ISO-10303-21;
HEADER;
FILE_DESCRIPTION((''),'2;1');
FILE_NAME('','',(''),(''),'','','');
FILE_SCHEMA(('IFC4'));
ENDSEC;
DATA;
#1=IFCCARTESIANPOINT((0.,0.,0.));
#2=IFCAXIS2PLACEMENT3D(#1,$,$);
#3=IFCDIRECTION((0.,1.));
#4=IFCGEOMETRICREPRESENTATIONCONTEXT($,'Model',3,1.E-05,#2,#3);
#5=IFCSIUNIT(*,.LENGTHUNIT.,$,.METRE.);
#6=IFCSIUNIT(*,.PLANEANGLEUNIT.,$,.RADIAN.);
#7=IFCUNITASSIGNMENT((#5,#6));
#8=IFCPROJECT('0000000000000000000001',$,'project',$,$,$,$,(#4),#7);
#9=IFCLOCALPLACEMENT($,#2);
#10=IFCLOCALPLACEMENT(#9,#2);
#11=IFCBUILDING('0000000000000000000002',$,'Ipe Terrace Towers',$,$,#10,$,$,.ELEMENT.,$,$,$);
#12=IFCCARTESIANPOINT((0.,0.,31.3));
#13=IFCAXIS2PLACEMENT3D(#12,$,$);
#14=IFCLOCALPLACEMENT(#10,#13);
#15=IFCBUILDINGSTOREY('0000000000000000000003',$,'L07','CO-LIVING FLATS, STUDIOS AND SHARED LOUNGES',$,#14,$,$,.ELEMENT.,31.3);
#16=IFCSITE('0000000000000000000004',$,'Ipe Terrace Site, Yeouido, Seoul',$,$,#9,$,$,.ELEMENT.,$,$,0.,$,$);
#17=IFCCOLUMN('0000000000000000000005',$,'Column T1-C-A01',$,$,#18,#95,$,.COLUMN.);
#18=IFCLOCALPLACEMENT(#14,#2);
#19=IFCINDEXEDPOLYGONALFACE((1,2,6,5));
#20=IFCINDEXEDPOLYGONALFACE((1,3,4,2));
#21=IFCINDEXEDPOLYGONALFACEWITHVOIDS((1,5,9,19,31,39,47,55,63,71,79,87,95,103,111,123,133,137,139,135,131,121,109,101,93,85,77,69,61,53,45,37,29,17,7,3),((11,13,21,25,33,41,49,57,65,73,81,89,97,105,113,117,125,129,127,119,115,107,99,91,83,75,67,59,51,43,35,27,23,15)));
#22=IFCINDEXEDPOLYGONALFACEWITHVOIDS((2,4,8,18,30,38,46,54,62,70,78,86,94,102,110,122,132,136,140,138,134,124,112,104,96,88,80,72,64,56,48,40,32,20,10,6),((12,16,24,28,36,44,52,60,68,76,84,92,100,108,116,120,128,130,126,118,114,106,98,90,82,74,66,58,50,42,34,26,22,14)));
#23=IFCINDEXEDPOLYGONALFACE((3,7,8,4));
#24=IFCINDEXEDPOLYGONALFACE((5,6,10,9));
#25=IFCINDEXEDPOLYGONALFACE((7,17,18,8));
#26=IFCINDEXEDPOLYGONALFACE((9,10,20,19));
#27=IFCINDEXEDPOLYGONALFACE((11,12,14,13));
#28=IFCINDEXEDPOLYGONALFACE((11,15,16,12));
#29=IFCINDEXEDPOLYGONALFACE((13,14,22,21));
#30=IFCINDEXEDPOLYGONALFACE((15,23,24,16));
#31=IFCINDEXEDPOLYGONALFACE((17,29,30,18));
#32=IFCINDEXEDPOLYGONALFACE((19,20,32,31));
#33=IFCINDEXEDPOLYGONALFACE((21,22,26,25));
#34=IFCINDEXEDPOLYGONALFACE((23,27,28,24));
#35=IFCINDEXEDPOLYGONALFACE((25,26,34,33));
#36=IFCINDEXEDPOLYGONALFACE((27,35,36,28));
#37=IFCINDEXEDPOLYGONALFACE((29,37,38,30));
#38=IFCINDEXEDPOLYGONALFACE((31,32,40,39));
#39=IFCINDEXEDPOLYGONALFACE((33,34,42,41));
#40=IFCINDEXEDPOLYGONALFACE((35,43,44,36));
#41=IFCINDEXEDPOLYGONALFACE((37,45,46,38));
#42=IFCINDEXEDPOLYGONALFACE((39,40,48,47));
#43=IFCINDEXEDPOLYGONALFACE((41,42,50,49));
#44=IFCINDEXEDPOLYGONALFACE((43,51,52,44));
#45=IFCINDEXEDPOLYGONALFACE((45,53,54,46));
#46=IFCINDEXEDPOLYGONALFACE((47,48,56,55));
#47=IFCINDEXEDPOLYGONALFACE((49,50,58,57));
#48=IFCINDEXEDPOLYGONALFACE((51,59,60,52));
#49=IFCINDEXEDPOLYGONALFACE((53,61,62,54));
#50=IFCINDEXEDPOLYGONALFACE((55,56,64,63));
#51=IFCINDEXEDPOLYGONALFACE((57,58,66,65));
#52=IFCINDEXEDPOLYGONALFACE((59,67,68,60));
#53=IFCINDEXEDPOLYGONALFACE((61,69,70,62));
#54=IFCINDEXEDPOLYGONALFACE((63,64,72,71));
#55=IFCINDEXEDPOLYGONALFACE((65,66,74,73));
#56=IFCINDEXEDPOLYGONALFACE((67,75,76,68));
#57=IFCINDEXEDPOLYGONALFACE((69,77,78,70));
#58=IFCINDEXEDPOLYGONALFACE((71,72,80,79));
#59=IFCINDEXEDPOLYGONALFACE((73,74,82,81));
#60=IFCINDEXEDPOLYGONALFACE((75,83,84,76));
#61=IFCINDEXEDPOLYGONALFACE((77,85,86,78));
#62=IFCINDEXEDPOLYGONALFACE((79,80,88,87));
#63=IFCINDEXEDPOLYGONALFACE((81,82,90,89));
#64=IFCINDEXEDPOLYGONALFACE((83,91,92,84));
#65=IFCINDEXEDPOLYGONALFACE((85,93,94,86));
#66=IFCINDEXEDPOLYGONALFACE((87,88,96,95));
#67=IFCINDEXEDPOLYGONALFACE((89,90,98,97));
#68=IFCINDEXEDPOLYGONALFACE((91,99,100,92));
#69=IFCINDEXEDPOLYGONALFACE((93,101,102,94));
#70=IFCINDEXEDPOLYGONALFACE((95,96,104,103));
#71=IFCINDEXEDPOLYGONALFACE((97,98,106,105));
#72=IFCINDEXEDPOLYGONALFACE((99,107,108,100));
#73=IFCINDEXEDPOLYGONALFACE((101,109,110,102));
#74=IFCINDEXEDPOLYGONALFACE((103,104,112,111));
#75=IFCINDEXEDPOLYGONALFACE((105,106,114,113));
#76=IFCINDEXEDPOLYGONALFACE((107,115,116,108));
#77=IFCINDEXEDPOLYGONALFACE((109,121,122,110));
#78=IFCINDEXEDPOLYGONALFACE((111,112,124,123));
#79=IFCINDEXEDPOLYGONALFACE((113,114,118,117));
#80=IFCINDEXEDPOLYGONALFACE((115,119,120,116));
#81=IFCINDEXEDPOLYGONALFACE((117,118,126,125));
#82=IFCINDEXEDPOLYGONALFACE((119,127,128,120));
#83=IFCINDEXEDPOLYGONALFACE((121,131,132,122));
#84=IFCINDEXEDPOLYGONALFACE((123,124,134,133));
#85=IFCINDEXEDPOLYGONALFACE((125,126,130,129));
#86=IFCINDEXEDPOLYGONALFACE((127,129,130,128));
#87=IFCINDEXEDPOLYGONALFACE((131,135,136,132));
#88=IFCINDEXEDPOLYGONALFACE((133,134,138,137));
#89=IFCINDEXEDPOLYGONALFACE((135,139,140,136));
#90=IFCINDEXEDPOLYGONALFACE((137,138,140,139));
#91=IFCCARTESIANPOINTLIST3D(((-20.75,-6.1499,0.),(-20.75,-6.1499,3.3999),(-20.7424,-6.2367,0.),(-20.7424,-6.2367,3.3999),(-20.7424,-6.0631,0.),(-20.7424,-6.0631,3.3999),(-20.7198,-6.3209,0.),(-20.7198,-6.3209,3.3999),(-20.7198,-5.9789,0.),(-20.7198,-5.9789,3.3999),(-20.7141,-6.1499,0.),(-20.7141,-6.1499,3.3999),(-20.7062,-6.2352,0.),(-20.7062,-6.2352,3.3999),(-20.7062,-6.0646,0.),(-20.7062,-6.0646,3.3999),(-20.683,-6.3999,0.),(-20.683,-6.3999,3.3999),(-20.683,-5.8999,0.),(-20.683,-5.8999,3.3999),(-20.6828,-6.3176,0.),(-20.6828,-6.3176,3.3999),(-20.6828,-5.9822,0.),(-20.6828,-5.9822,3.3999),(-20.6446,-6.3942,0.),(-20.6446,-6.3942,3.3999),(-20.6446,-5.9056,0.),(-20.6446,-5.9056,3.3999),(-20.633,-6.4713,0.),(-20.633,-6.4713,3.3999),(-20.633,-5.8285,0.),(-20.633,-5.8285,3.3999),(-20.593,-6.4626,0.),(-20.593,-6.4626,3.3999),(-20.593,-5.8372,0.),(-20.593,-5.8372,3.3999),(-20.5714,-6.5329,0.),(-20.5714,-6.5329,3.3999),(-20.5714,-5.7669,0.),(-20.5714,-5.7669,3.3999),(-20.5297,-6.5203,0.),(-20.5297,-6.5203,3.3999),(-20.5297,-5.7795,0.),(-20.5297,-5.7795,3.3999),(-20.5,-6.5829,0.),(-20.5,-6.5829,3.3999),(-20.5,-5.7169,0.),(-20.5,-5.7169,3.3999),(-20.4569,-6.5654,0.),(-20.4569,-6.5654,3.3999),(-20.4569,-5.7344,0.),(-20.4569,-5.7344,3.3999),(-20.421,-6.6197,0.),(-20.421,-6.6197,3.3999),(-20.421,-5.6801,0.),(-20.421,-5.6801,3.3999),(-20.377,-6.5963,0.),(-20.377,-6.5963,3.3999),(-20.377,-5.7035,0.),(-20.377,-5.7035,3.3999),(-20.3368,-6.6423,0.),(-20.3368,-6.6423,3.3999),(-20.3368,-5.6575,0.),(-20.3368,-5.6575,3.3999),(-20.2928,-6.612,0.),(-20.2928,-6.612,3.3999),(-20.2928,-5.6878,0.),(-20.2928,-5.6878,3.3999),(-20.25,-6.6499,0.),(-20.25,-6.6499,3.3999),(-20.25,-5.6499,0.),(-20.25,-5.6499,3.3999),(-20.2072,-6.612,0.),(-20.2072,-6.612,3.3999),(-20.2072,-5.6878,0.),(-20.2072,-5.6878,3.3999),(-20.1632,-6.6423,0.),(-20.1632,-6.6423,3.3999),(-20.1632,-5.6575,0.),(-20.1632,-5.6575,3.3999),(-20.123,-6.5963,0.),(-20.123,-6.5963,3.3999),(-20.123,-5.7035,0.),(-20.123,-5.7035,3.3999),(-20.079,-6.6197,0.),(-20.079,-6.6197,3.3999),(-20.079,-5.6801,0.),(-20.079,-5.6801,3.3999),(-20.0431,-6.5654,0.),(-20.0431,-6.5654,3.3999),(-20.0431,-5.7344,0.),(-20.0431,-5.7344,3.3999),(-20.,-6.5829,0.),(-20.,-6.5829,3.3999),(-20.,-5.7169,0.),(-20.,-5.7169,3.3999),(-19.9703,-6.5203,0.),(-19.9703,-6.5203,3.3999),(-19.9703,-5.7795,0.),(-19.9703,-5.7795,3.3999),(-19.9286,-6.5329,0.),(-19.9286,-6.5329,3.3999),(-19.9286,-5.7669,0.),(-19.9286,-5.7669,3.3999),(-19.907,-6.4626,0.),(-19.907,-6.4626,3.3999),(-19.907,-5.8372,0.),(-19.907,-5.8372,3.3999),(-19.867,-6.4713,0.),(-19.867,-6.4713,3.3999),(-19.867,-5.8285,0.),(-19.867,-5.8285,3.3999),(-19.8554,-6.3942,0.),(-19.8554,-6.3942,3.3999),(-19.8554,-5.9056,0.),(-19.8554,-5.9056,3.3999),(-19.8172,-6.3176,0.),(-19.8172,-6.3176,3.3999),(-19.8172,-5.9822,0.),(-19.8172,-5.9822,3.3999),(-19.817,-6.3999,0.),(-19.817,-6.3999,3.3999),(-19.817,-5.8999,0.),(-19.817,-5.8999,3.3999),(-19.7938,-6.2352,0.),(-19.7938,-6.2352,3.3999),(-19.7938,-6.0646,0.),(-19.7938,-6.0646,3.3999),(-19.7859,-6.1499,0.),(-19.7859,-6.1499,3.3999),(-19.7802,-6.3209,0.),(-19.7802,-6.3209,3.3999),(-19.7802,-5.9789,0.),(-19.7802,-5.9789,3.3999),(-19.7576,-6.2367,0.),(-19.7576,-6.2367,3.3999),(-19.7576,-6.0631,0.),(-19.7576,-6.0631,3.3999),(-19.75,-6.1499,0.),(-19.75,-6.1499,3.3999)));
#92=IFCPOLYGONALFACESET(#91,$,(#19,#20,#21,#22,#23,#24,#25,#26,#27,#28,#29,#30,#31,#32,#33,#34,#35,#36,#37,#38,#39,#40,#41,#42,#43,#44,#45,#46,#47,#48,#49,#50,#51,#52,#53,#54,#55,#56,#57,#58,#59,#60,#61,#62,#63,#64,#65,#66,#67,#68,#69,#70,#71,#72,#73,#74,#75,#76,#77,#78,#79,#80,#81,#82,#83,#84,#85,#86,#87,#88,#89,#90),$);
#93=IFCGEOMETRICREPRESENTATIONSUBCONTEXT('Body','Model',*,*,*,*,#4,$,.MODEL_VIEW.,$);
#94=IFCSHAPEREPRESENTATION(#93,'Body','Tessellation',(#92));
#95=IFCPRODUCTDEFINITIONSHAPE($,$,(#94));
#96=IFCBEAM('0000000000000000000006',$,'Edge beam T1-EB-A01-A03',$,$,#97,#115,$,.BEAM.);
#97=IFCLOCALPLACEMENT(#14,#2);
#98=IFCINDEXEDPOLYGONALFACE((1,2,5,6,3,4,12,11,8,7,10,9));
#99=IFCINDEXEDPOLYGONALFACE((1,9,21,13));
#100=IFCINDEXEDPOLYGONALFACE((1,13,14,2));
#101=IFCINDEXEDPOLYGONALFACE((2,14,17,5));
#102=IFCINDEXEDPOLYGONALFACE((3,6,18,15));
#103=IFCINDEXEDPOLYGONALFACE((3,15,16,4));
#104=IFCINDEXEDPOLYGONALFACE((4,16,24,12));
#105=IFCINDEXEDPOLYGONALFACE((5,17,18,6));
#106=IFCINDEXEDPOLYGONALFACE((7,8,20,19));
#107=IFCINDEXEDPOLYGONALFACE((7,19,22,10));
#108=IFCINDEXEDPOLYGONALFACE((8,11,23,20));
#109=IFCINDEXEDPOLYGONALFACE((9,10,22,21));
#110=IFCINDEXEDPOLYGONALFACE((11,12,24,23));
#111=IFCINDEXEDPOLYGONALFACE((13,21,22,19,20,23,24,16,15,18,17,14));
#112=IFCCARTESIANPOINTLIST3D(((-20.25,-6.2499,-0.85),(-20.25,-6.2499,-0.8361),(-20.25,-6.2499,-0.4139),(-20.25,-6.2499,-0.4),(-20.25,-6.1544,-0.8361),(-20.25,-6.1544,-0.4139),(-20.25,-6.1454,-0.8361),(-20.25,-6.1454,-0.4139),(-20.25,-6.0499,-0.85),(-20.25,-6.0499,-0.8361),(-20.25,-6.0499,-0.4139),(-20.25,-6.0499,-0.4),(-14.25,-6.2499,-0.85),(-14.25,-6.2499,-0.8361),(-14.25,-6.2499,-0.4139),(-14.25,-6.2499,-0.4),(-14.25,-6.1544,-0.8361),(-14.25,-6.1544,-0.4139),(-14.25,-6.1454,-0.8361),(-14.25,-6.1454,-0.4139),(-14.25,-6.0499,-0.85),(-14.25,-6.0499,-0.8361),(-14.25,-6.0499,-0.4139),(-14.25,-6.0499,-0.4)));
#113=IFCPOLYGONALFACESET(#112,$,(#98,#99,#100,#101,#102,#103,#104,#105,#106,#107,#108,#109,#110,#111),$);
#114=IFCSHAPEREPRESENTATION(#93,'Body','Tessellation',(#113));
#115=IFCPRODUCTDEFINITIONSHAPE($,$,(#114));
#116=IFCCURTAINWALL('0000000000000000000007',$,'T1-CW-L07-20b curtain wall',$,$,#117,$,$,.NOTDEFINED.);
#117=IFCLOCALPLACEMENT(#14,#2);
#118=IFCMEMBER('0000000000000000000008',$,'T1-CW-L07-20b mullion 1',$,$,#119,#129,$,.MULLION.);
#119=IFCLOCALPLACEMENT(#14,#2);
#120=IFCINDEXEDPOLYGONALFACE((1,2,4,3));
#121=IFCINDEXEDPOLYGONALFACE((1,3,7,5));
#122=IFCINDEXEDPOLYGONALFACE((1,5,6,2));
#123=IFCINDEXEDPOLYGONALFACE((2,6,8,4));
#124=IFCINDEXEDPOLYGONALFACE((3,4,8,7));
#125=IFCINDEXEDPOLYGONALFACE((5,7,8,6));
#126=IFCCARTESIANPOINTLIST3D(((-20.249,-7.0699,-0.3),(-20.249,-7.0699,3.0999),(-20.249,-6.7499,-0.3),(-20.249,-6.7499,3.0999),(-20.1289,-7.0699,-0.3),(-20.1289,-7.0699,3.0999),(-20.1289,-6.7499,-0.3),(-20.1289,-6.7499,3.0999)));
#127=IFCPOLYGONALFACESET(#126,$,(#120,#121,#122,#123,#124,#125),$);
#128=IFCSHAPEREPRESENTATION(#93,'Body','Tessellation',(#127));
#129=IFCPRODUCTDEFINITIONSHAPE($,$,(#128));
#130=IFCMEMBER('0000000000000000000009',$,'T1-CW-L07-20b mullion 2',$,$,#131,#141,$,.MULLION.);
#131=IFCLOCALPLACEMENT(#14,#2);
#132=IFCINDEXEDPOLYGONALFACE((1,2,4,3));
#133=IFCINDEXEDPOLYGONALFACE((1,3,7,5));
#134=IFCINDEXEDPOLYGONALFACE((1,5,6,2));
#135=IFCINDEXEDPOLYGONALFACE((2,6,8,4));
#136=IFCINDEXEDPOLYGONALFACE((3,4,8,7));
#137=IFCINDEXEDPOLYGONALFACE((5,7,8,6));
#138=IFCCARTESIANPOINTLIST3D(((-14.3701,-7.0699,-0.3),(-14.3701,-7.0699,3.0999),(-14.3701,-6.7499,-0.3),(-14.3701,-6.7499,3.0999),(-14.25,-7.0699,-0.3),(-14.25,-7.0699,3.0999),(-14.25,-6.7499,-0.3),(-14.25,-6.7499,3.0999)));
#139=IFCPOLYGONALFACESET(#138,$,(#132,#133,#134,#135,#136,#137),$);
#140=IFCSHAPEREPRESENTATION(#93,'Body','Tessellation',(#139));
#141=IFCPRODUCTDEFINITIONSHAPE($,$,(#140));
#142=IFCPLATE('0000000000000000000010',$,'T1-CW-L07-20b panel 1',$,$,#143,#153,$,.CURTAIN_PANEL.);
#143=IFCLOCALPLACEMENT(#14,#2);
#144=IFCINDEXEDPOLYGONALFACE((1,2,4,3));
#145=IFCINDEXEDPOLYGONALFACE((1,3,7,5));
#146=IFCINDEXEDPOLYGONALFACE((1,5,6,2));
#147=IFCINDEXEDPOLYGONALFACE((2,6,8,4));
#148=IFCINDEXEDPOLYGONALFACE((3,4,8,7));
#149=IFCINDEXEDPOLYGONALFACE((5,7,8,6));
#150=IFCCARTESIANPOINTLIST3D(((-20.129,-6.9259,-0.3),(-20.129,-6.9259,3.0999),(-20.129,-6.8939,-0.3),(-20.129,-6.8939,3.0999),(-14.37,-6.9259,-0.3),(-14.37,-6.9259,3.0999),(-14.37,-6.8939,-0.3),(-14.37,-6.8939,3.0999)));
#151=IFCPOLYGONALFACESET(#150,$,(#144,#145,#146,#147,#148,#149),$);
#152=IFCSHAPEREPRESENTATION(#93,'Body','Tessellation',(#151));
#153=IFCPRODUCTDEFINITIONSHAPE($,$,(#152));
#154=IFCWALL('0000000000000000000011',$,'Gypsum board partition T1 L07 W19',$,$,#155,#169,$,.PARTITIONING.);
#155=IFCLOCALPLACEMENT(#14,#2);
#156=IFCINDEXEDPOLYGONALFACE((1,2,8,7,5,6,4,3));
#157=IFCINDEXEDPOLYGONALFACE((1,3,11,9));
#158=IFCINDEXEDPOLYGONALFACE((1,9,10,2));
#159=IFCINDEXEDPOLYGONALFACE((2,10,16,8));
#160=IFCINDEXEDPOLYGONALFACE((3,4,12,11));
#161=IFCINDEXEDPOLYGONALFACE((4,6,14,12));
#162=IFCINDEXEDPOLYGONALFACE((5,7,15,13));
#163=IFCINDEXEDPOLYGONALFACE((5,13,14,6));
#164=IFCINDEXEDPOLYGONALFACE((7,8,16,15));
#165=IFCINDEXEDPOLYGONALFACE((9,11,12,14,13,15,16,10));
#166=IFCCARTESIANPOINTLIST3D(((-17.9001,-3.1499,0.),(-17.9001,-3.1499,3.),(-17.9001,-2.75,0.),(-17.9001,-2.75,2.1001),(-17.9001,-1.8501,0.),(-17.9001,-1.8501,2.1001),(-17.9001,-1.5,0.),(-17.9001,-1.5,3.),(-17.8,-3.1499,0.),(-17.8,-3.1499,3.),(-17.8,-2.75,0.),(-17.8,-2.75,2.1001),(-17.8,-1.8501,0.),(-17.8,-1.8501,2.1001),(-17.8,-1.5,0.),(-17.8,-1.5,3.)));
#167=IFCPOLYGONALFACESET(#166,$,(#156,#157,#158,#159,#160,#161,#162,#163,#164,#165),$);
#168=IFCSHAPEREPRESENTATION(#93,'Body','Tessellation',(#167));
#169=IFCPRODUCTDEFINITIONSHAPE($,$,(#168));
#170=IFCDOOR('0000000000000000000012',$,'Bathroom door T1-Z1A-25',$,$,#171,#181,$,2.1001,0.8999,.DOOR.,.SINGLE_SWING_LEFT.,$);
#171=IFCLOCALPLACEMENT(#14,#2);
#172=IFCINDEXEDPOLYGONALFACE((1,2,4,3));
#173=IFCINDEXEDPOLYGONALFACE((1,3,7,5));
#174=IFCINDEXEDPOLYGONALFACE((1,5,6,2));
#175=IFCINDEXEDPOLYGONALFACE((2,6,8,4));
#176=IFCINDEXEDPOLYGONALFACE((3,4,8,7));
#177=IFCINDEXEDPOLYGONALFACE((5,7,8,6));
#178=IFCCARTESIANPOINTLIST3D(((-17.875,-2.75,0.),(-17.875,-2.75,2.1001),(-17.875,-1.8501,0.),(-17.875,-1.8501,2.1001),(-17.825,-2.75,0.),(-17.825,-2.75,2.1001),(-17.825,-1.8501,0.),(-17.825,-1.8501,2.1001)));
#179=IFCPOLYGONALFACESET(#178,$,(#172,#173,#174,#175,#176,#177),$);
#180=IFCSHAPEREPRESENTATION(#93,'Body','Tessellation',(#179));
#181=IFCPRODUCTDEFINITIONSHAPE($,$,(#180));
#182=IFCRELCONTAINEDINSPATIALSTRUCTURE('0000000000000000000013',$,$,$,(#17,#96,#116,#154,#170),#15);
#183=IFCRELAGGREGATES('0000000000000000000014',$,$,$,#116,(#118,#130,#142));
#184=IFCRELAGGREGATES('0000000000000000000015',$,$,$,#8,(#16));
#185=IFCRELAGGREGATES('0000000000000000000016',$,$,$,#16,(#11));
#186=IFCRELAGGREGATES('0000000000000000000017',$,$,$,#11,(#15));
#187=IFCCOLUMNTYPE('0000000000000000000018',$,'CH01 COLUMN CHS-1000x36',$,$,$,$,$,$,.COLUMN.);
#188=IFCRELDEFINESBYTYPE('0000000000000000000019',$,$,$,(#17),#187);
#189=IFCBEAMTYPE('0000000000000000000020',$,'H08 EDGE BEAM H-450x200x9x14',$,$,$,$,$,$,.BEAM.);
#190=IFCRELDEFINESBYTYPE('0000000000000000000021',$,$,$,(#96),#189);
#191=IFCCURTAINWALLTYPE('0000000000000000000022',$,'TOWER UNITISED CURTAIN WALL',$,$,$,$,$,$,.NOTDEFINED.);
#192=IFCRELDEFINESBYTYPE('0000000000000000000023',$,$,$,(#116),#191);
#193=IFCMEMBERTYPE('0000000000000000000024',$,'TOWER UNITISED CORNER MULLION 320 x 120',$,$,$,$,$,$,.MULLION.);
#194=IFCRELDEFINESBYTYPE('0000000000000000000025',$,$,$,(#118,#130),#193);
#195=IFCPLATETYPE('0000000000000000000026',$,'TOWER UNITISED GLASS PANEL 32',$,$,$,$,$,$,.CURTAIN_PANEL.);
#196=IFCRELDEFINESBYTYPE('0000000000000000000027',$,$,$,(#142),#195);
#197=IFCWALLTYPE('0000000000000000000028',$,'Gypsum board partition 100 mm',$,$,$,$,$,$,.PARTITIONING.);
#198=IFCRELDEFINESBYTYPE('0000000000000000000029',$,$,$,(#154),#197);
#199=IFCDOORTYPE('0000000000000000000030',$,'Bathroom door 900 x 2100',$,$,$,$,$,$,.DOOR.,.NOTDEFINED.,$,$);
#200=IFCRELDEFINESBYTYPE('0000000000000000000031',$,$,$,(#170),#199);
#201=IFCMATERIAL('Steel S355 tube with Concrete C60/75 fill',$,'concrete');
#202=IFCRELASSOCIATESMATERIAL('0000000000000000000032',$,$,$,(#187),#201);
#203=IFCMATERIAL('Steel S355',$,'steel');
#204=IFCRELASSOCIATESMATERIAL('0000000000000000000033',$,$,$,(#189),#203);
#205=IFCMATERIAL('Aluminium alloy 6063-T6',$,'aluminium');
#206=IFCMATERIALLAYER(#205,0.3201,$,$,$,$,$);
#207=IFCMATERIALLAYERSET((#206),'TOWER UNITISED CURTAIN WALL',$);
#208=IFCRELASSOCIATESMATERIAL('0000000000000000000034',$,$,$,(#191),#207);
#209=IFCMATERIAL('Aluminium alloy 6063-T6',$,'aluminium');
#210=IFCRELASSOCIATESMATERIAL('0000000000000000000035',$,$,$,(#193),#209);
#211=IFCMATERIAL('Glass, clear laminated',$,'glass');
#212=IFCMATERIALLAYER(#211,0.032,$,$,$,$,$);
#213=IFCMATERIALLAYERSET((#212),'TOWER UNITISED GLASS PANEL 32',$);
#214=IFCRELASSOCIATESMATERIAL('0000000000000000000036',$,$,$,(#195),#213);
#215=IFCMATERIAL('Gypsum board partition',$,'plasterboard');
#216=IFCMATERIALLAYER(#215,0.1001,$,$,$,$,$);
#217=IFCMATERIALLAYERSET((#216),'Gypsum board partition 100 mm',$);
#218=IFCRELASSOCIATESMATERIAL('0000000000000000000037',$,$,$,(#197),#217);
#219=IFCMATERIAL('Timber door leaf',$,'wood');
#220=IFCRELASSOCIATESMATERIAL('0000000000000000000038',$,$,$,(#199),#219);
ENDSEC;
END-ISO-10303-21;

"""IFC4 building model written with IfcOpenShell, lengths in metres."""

from ifc_helpers import new_model, si_unit, direction, frame, frame_2d, origin, origin_2d, place, context, subcontext, project, spatial, rectangle, hollow_circle, i_section, extrude, material, layer, layer_set, material_profile, profile_set, type_object, element, fill, aggregate, save


model = new_model("IFC4")

# Units and contexts
model_context = context("Model", 3, precision=1e-05, world=origin(), true_north=direction((0.0, 1.0)))
body_context = subcontext(model_context, "Body", "Model", "MODEL_VIEW")
ifc_project = project(units=[si_unit("LENGTHUNIT", "METRE"), si_unit("PLANEANGLEUNIT", "RADIAN")], contexts=[model_context])

# Site, building, storey
site_placement = place(None, origin())
site = spatial("IfcSite", under=ifc_project, at=site_placement, Name="Ipe Terrace Site, Yeouido, Seoul", CompositionType="ELEMENT", RefElevation=0.0)
building_placement = place(site_placement, origin())
building = spatial("IfcBuilding", under=site, at=building_placement, Name="Ipe Terrace Towers", CompositionType="ELEMENT")
storey_placement = place(building_placement, frame((0.0, 0.0, 31.3)))
storey = spatial("IfcBuildingStorey", under=building, at=storey_placement, Name="L07", Description="CO-LIVING FLATS, STUDIOS AND SHARED LOUNGES", CompositionType="ELEMENT", Elevation=31.3)

# Column
ifc_material_1 = material(Name="Steel S355 tube with Concrete C60/75 fill", Category="concrete")
ifc_material_profile_1 = material_profile(ifc_material_1, hollow_circle(Radius=0.5, WallThickness=0.0359, at=origin_2d()), Name="CHS-1000x36")
ifc_profile_set_1 = profile_set([ifc_material_profile_1], Name="Steel S355 tube with Concrete C60/75 fill")
column_type = type_object("IfcColumnType", Name="CH01 COLUMN CHS-1000x36", PredefinedType="COLUMN", material=ifc_profile_set_1)
column_placement = place(storey_placement, frame((-20.25, -6.1499, 0.0), z_axis=(0.0, 0.0, 1.0), x_axis=(1.0, 0.0, 0.0)))
element("IfcColumn", 1, at=column_placement, inside=storey, type_object=column_type, Name="Column T1-C-A01", PredefinedType="COLUMN", context=body_context, shape_type="SweptSolid", body=[
    extrude(hollow_circle(Radius=0.5, WallThickness=0.0359, at=origin_2d()), origin(), (0.0, 0.0, 1.0), 3.3999),
])

# Beam
ifc_material_2 = material(Name="Steel S355", Category="steel")
ifc_material_profile_2 = material_profile(ifc_material_2, i_section(OverallWidth=0.2, OverallDepth=0.45, WebThickness=0.009, FlangeThickness=0.0139, at=origin_2d()), Name="H-450x200x9x14")
ifc_profile_set_2 = profile_set([ifc_material_profile_2], Name="Steel S355")
beam_type = type_object("IfcBeamType", Name="H08 EDGE BEAM H-450x200x9x14", PredefinedType="BEAM", material=ifc_profile_set_2)
beam_placement = place(storey_placement, frame((-20.25, -6.1499, -0.625), z_axis=(1.0, 0.0, 0.0), x_axis=(0.0, 1.0, 0.0)))
element("IfcBeam", 2, at=beam_placement, inside=storey, type_object=beam_type, Name="Edge beam T1-EB-A01-A03", PredefinedType="BEAM", context=body_context, shape_type="SweptSolid", body=[
    extrude(i_section(OverallWidth=0.2, OverallDepth=0.45, WebThickness=0.009, FlangeThickness=0.0139, at=origin_2d()), origin(), (0.0, 0.0, 1.0), 6.0),
])

# Curtain wall, members, plate
ifc_material_3 = material(Name="Aluminium alloy 6063-T6", Category="aluminium")
ifc_layer_1 = layer(ifc_material_3, 0.3201)
ifc_layer_set_1 = layer_set([ifc_layer_1], Name="TOWER UNITISED CURTAIN WALL")
curtain_wall_type = type_object("IfcCurtainWallType", Name="TOWER UNITISED CURTAIN WALL", PredefinedType="NOTDEFINED", material=ifc_layer_set_1)
curtain_wall_placement = place(storey_placement, origin())
curtain_wall = element("IfcCurtainWall", 3, at=curtain_wall_placement, inside=storey, type_object=curtain_wall_type, Name="T1-CW-L07-20b curtain wall", PredefinedType="NOTDEFINED")
ifc_material_4 = material(Name="Aluminium alloy 6063-T6", Category="aluminium")
ifc_material_profile_3 = material_profile(ifc_material_4, rectangle(XDim=0.3201, YDim=0.1201, at=origin_2d()), Name="TOWER UNITISED CORNER MULLION 320 x 120")
ifc_profile_set_3 = profile_set([ifc_material_profile_3], Name="Aluminium alloy 6063-T6")
member_type = type_object("IfcMemberType", Name="TOWER UNITISED CORNER MULLION 320 x 120", PredefinedType="MULLION", material=ifc_profile_set_3)
member_1_placement = place(storey_placement, frame((-20.189, -6.9099, -0.3), z_axis=(0.0, 0.0, 1.0), x_axis=(0.0, -1.0, 0.0)))
member_1 = element("IfcMember", 4, at=member_1_placement, type_object=member_type, Name="T1-CW-L07-20b mullion 1", PredefinedType="MULLION", context=body_context, shape_type="SweptSolid", body=[
    extrude(rectangle(XDim=0.3201, YDim=0.1201, at=origin_2d()), origin(), (0.0, 0.0, 1.0), 3.3999),
])
member_2_placement = place(storey_placement, frame((-14.3101, -6.9099, -0.3), z_axis=(0.0, 0.0, 1.0), x_axis=(0.0, -1.0, 0.0)))
member_2 = element("IfcMember", 5, at=member_2_placement, type_object=member_type, Name="T1-CW-L07-20b mullion 2", PredefinedType="MULLION", context=body_context, shape_type="SweptSolid", body=[
    extrude(rectangle(XDim=0.3201, YDim=0.1201, at=origin_2d()), origin(), (0.0, 0.0, 1.0), 3.3999),
])
ifc_material_5 = material(Name="Glass, clear laminated", Category="glass")
ifc_layer_2 = layer(ifc_material_5, 0.032)
ifc_layer_set_2 = layer_set([ifc_layer_2], Name="TOWER UNITISED GLASS PANEL 32")
plate_type = type_object("IfcPlateType", Name="TOWER UNITISED GLASS PANEL 32", PredefinedType="CURTAIN_PANEL", material=ifc_layer_set_2)
plate_placement = place(storey_placement, frame((-17.2495, -6.9099, -0.3), z_axis=(0.0, 0.0, 1.0), x_axis=(1.0, 0.0, 0.0)))
plate = element("IfcPlate", 6, at=plate_placement, type_object=plate_type, Name="T1-CW-L07-20b panel 1", PredefinedType="CURTAIN_PANEL", context=body_context, shape_type="SweptSolid", body=[
    extrude(rectangle(XDim=5.759, YDim=0.032, at=origin_2d()), origin(), (0.0, 0.0, 1.0), 3.3999),
])
aggregate(curtain_wall, [member_1, member_2, plate])

# Wall, opening, door
ifc_material_6 = material(Name="Gypsum board partition", Category="plasterboard")
ifc_layer_3 = layer(ifc_material_6, 0.1001)
ifc_layer_set_3 = layer_set([ifc_layer_3], Name="Gypsum board partition 100 mm")
wall_type_1 = type_object("IfcWallType", Name="Gypsum board partition 100 mm", PredefinedType="PARTITIONING", material=ifc_layer_set_3)
wall_1_placement = place(storey_placement, frame((-17.8501, -3.1499, 0.0), z_axis=(0.0, 0.0, 1.0), x_axis=(0.0, 1.0, 0.0)))
wall_1 = element("IfcWall", 7, at=wall_1_placement, inside=storey, type_object=wall_type_1, Name="Gypsum board partition T1 L07 W19", PredefinedType="PARTITIONING", context=body_context, shape_type="SweptSolid", body=[
    extrude(rectangle(XDim=1.6499, YDim=0.1001, at=frame_2d((0.825, 0.0))), origin(), (0.0, 0.0, 1.0), 3.0),
])
opening_1_placement = place(wall_1_placement, frame((0.3999, 0.0, 0.0)))
opening_1 = element("IfcOpeningElement", 8, at=opening_1_placement, cuts=wall_1, PredefinedType="OPENING", context=body_context, shape_type="SweptSolid", body=[
    extrude(rectangle(XDim=0.8999, YDim=2.1001, at=frame_2d((0.45, 1.05))), frame((0.0, 0.0601, 0.0), z_axis=(0.0, -1.0, 0.0), x_axis=(1.0, 0.0, 0.0)), (0.0, 0.0, 1.0), 0.1201),
])
ifc_material_7 = material(Name="Timber door leaf", Category="wood")
door_type_1 = type_object("IfcDoorType", Name="Bathroom door 900 x 2100", OperationType="NOTDEFINED", PredefinedType="DOOR", material=ifc_material_7)
door_1_placement = place(opening_1_placement, origin())
door_1 = element("IfcDoor", 9, at=door_1_placement, inside=storey, type_object=door_type_1, Name="Bathroom door T1-Z1A-25", OperationType="SINGLE_SWING_LEFT", OverallHeight=2.1001, OverallWidth=0.8999, PredefinedType="DOOR", context=body_context, shape_type="SweptSolid", body=[
    extrude(rectangle(XDim=0.8999, YDim=2.1001, at=frame_2d((0.45, 1.05))), frame((0.0, 0.0249, 0.0), z_axis=(0.0, -1.0, 0.0), x_axis=(1.0, 0.0, 0.0)), (0.0, 0.0, 1.0), 0.05),
])
fill(opening_1, door_1)

save(model, "model.ifc")
